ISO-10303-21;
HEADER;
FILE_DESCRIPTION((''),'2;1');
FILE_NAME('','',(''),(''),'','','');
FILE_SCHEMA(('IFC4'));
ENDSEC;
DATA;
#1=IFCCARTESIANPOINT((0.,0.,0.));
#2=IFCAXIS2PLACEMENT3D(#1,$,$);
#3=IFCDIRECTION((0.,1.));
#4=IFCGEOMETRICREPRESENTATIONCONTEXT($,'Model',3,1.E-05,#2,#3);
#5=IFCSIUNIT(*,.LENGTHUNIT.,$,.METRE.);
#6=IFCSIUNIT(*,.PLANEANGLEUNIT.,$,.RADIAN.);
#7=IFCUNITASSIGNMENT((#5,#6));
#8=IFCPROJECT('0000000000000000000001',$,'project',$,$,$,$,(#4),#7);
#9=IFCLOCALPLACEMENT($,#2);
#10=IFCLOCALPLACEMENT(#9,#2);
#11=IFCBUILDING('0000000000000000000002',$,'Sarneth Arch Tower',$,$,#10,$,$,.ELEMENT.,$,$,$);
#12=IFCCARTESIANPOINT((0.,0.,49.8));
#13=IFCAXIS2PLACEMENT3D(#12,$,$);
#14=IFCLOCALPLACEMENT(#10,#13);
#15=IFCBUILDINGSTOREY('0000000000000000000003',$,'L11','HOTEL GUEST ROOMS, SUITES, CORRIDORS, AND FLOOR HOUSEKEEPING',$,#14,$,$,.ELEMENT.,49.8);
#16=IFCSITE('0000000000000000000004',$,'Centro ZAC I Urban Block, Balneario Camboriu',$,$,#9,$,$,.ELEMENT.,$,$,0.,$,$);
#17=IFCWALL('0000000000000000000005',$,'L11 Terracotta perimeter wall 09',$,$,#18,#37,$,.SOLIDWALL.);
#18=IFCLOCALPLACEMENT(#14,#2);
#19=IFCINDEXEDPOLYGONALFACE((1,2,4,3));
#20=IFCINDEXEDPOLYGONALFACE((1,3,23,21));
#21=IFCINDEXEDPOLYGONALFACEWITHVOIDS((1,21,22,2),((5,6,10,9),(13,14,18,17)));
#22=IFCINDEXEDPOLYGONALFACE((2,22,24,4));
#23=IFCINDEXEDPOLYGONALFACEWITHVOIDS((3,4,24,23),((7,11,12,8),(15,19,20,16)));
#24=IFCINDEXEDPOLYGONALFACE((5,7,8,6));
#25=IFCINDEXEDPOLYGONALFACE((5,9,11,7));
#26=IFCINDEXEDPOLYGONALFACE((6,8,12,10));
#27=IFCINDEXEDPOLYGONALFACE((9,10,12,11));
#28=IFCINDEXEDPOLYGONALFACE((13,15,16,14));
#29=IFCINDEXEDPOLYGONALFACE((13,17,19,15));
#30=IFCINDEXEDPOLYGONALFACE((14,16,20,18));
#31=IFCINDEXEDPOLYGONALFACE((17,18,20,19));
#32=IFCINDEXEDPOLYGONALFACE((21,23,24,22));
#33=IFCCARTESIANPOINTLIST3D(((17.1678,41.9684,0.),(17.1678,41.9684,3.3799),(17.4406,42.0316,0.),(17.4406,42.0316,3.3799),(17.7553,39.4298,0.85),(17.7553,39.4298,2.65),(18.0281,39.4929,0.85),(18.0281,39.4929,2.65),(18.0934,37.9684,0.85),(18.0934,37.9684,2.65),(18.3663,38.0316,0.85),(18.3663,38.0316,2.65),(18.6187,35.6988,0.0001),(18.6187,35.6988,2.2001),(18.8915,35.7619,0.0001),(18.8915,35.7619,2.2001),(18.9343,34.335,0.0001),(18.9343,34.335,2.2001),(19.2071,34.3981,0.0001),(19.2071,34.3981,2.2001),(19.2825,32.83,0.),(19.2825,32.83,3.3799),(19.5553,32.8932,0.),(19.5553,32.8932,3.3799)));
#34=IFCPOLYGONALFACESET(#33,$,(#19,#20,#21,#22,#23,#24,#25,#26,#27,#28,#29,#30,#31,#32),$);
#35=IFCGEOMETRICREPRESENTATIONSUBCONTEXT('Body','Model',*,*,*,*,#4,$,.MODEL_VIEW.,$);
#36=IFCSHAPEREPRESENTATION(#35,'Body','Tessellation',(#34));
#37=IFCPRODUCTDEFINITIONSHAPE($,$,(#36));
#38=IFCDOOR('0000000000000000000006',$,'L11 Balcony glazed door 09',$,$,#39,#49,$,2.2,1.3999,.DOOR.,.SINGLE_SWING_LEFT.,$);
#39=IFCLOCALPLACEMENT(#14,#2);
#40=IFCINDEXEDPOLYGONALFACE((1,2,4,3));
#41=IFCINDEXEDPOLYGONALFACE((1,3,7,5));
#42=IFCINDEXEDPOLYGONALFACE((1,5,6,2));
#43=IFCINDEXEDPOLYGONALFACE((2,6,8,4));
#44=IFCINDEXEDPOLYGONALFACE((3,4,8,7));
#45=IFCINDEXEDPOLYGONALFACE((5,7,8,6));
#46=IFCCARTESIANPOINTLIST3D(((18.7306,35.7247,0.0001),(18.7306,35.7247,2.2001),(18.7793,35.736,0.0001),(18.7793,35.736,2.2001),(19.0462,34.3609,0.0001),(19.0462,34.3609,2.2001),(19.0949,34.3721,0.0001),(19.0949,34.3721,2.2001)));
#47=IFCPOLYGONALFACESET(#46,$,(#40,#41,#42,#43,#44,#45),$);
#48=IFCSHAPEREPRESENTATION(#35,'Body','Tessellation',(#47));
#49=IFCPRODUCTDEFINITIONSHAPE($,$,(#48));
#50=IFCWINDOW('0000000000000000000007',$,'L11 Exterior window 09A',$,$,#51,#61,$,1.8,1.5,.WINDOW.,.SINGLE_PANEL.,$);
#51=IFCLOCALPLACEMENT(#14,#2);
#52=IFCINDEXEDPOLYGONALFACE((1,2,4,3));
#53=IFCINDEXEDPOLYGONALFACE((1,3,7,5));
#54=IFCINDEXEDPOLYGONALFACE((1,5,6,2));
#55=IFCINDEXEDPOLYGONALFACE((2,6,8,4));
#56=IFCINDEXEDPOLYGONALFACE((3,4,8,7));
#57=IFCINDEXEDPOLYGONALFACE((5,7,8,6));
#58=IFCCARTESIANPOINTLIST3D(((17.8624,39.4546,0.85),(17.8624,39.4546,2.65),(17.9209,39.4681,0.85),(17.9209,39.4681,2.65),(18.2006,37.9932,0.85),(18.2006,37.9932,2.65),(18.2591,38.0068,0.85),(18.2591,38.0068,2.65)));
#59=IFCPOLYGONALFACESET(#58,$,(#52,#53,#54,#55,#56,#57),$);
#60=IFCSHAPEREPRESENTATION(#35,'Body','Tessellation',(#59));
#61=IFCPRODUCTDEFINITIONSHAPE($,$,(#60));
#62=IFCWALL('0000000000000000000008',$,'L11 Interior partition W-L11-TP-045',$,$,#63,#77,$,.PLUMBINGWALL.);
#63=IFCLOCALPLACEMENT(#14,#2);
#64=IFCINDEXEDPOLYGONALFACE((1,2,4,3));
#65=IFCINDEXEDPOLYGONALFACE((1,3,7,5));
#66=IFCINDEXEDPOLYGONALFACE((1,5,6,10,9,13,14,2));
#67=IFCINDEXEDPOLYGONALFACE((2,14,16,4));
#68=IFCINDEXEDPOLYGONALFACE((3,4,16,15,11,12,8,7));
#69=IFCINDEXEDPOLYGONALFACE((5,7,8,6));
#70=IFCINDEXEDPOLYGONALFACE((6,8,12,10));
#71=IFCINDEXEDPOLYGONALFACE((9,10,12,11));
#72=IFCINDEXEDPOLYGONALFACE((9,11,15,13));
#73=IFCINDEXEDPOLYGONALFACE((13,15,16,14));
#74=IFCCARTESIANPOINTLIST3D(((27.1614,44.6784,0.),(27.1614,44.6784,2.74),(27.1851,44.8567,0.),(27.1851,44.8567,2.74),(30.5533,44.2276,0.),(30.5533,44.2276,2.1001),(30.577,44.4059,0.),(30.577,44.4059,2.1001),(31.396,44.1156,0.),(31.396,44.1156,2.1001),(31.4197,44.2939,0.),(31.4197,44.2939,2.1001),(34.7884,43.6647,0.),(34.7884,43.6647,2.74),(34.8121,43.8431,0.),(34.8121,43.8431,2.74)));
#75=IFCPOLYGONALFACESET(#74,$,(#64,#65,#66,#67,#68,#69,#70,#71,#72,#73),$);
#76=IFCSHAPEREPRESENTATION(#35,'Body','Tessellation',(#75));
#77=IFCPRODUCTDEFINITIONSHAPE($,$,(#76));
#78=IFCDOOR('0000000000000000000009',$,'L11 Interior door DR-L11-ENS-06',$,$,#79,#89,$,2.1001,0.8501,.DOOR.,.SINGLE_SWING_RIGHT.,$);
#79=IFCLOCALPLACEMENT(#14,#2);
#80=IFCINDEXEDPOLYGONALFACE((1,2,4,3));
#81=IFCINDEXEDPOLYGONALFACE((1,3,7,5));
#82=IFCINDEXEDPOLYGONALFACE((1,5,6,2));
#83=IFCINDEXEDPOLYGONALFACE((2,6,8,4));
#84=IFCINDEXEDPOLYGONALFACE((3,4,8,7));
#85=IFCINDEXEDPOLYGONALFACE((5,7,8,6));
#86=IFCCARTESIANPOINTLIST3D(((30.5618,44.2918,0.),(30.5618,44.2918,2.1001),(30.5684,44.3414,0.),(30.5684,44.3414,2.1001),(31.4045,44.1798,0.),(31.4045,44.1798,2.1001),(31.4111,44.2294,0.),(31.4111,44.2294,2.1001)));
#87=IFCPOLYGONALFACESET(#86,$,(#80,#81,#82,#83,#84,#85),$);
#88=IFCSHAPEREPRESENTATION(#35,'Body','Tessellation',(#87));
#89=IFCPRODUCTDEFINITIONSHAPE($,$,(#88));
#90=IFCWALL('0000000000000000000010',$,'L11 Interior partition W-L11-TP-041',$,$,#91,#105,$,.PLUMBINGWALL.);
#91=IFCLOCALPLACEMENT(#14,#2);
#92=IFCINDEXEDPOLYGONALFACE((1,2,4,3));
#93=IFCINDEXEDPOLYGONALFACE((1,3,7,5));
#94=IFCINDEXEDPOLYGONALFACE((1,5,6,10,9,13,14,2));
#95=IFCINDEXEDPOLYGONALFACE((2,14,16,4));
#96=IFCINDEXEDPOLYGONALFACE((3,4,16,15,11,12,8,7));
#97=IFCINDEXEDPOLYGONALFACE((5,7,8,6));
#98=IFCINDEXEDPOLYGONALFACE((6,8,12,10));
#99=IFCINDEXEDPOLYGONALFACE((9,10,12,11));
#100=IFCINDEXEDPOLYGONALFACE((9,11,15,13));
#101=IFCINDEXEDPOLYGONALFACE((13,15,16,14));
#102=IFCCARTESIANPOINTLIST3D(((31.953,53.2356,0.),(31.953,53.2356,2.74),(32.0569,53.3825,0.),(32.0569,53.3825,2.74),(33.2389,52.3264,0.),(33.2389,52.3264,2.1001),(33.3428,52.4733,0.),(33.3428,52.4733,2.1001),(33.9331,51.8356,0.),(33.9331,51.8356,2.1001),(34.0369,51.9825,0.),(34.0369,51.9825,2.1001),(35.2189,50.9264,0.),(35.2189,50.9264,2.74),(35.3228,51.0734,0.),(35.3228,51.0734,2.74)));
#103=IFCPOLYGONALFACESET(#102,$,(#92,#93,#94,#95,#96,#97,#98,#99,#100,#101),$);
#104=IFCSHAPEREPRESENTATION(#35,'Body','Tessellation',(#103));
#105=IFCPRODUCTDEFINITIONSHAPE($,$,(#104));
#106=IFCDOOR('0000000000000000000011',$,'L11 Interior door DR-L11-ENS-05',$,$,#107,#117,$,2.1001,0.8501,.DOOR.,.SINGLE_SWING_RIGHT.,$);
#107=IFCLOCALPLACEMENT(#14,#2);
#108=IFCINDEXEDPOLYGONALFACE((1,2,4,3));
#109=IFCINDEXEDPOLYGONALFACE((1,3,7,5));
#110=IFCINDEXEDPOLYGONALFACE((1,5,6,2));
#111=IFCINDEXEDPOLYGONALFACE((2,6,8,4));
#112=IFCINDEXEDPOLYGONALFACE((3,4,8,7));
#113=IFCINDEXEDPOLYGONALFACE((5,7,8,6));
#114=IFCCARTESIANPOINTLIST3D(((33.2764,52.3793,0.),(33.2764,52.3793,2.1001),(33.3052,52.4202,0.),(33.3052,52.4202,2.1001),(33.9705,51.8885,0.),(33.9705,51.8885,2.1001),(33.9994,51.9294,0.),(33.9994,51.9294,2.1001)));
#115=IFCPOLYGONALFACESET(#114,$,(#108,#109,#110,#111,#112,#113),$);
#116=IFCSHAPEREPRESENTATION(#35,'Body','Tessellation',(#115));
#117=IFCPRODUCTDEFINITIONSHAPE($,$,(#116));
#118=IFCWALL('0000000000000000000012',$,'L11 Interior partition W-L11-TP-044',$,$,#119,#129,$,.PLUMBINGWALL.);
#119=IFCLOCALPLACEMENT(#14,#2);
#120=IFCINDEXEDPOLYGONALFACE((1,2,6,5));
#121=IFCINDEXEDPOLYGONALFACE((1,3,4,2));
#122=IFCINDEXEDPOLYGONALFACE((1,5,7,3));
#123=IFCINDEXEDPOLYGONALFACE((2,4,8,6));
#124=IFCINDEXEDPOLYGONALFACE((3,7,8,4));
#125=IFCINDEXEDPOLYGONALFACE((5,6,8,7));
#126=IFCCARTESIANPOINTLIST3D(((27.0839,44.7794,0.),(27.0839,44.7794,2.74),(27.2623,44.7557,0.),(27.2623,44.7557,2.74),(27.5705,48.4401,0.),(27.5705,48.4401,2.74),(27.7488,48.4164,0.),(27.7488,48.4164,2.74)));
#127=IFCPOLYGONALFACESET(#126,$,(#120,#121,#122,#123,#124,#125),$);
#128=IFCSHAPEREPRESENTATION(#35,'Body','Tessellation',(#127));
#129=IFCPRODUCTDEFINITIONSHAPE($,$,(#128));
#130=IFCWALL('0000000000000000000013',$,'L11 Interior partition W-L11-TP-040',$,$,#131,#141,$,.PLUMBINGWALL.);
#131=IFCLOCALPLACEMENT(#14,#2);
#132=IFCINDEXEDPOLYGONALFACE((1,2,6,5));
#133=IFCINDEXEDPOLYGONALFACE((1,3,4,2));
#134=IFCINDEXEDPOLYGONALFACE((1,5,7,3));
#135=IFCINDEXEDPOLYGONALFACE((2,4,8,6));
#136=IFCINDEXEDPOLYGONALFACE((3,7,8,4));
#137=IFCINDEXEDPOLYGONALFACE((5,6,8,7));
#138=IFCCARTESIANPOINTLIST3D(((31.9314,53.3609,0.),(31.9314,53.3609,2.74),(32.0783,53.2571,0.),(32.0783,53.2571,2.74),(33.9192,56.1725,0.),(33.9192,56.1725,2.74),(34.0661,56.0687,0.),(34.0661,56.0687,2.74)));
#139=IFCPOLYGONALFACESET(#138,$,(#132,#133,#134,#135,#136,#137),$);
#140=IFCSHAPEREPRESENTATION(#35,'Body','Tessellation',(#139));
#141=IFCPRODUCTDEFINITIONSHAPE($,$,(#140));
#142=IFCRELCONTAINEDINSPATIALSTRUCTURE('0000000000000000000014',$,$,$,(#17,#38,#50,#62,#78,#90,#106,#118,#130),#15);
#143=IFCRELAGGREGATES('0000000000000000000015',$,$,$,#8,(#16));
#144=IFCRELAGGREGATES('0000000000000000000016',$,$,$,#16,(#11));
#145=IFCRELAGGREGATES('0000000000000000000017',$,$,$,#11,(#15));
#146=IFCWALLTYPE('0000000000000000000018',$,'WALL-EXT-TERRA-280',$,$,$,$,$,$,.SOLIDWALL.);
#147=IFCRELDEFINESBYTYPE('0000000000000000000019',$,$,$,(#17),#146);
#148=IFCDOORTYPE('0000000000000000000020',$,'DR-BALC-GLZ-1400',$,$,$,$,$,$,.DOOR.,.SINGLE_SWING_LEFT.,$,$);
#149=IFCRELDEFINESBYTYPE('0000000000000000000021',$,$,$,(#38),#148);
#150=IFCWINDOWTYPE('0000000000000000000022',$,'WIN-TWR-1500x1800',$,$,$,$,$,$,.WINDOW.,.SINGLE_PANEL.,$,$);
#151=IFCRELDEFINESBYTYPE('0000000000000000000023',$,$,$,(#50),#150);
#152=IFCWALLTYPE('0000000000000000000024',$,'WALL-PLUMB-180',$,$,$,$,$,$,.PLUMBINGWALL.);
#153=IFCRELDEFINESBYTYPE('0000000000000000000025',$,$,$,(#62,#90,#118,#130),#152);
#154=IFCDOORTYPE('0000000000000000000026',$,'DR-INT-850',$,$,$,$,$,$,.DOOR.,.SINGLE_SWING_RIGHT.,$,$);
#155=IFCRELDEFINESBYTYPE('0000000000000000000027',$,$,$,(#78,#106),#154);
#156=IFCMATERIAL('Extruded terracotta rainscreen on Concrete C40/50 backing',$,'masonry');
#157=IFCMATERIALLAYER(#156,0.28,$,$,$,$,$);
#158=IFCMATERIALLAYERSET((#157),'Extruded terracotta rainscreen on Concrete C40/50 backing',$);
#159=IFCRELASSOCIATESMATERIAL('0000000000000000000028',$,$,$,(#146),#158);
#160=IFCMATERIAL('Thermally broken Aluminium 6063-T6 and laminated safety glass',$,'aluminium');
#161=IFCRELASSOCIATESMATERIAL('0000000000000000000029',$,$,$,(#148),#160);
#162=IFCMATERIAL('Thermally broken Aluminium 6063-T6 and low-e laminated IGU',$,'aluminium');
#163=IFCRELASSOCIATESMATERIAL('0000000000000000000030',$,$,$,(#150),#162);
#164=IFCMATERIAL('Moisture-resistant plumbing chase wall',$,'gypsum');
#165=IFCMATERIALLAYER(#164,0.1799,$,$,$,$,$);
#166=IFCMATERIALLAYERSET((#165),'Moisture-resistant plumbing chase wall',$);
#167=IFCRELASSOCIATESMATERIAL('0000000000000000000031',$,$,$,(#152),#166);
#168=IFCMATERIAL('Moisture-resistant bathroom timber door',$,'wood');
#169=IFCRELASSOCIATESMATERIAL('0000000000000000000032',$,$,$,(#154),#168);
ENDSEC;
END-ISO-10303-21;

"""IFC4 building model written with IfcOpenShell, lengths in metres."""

from ifc_helpers import new_model, si_unit, direction, frame, frame_2d, origin, place, context, subcontext, project, spatial, rectangle, extrude, material, layer, layer_set, type_object, element, fill, save


model = new_model("IFC4")

# Units and contexts
model_context = context("Model", 3, precision=1e-05, world=origin(), true_north=direction((0.0, 1.0)))
body_context = subcontext(model_context, "Body", "Model", "MODEL_VIEW")
ifc_project = project(units=[si_unit("LENGTHUNIT", "METRE"), si_unit("PLANEANGLEUNIT", "RADIAN")], contexts=[model_context])

# Site, building, storey
site_placement = place(None, origin())
site = spatial("IfcSite", under=ifc_project, at=site_placement, Name="Centro ZAC I Urban Block, Balneario Camboriu", CompositionType="ELEMENT", RefElevation=0.0)
building_placement = place(site_placement, origin())
building = spatial("IfcBuilding", under=site, at=building_placement, Name="Sarneth Arch Tower", CompositionType="ELEMENT")
storey_placement = place(building_placement, frame((0.0, 0.0, 49.8)))
storey = spatial("IfcBuildingStorey", under=building, at=storey_placement, Name="L11", Description="HOTEL GUEST ROOMS, SUITES, CORRIDORS, AND FLOOR HOUSEKEEPING", CompositionType="ELEMENT", Elevation=49.8)

# Wall, openings, door, window
ifc_material_1 = material(Name="Extruded terracotta rainscreen on Concrete C40/50 backing", Category="masonry")
ifc_layer_1 = layer(ifc_material_1, 0.28)
ifc_layer_set_1 = layer_set([ifc_layer_1], Name="Extruded terracotta rainscreen on Concrete C40/50 backing")
wall_type_1 = type_object("IfcWallType", Name="WALL-EXT-TERRA-280", PredefinedType="SOLIDWALL", material=ifc_layer_set_1)
wall_1_placement = place(storey_placement, frame((17.3042, 42.0, 0.0), z_axis=(0.0, 0.0, 1.0), x_axis=(0.225454, -0.974254, 0.0)))
wall_1 = element("IfcWall", 1, at=wall_1_placement, inside=storey, type_object=wall_type_1, Name="L11 Terracotta perimeter wall 09", PredefinedType="SOLIDWALL", context=body_context, shape_type="SweptSolid", body=[
    extrude(rectangle(XDim=9.3799, YDim=0.28, at=frame_2d((4.6899, 0.0))), origin(), (0.0, 0.0, 1.0), 3.3799),
])
opening_1_placement = place(wall_1_placement, frame((2.6057, 0.0, 0.8501)))
opening_1 = element("IfcOpeningElement", 2, at=opening_1_placement, cuts=wall_1, PredefinedType="OPENING", context=body_context, shape_type="SweptSolid", body=[
    extrude(rectangle(XDim=1.5, YDim=1.8, at=frame_2d((0.75, 0.8999))), frame((0.0, 0.1499, 0.0), z_axis=(0.0, -1.0, 0.0), x_axis=(1.0, 0.0, 0.0)), (0.0, 0.0, 1.0), 0.3),
])
opening_2_placement = place(wall_1_placement, frame((6.4353, 0.0, 0.0)))
opening_2 = element("IfcOpeningElement", 3, at=opening_2_placement, cuts=wall_1, PredefinedType="OPENING", context=body_context, shape_type="SweptSolid", body=[
    extrude(rectangle(XDim=1.3999, YDim=2.2, at=frame_2d((0.7, 1.1001))), frame((0.0, 0.1499, 0.0), z_axis=(0.0, -1.0, 0.0), x_axis=(1.0, 0.0, 0.0)), (0.0, 0.0, 1.0), 0.3),
])
ifc_material_2 = material(Name="Thermally broken Aluminium 6063-T6 and laminated safety glass", Category="aluminium")
door_type_1 = type_object("IfcDoorType", Name="DR-BALC-GLZ-1400", OperationType="SINGLE_SWING_LEFT", PredefinedType="DOOR", material=ifc_material_2)
door_1_placement = place(opening_2_placement, origin())
door_1 = element("IfcDoor", 4, at=door_1_placement, inside=storey, type_object=door_type_1, Name="L11 Balcony glazed door 09", OperationType="SINGLE_SWING_LEFT", OverallHeight=2.2, OverallWidth=1.3999, PredefinedType="DOOR", context=body_context, shape_type="SweptSolid", body=[
    extrude(rectangle(XDim=1.3999, YDim=2.2, at=frame_2d((0.7, 1.1001))), frame((0.0, 0.0249, 0.0), z_axis=(0.0, -1.0, 0.0), x_axis=(1.0, 0.0, 0.0)), (0.0, 0.0, 1.0), 0.05),
])
fill(opening_2, door_1)
ifc_material_3 = material(Name="Thermally broken Aluminium 6063-T6 and low-e laminated IGU", Category="aluminium")
window_type = type_object("IfcWindowType", Name="WIN-TWR-1500x1800", PartitioningType="SINGLE_PANEL", PredefinedType="WINDOW", material=ifc_material_3)
window_placement = place(opening_1_placement, origin())
window = element("IfcWindow", 5, at=window_placement, inside=storey, type_object=window_type, Name="L11 Exterior window 09A", OverallHeight=1.8, OverallWidth=1.5, PartitioningType="SINGLE_PANEL", PredefinedType="WINDOW", context=body_context, shape_type="SweptSolid", body=[
    extrude(rectangle(XDim=1.5, YDim=1.8, at=frame_2d((0.75, 0.8999))), frame((0.0, 0.03, 0.0), z_axis=(0.0, -1.0, 0.0), x_axis=(1.0, 0.0, 0.0)), (0.0, 0.0, 1.0), 0.0601),
])
fill(opening_1, window)

# Walls, openings, doors
ifc_material_4 = material(Name="Moisture-resistant plumbing chase wall", Category="gypsum")
ifc_layer_2 = layer(ifc_material_4, 0.1799)
ifc_layer_set_2 = layer_set([ifc_layer_2], Name="Moisture-resistant plumbing chase wall")
wall_type_2 = type_object("IfcWallType", Name="WALL-PLUMB-180", PredefinedType="PLUMBINGWALL", material=ifc_layer_set_2)
wall_2_placement = place(storey_placement, frame((27.1731, 44.7676, 0.0), z_axis=(0.0, 0.0, 1.0), x_axis=(0.991283, -0.131748, 0.0)))
wall_2 = element("IfcWall", 6, at=wall_2_placement, inside=storey, type_object=wall_type_2, Name="L11 Interior partition W-L11-TP-045", PredefinedType="PLUMBINGWALL", context=body_context, shape_type="SweptSolid", body=[
    extrude(rectangle(XDim=7.6941, YDim=0.1799, at=frame_2d((3.8472, 0.0))), origin(), (0.0, 0.0, 1.0), 2.74),
])
opening_3_placement = place(wall_2_placement, frame((3.4219, 0.0, 0.0)))
opening_3 = element("IfcOpeningElement", 7, at=opening_3_placement, cuts=wall_2, PredefinedType="OPENING", context=body_context, shape_type="SweptSolid", body=[
    extrude(rectangle(XDim=0.8501, YDim=2.1001, at=frame_2d((0.425, 1.05))), frame((0.0, 0.0999, 0.0), z_axis=(0.0, -1.0, 0.0), x_axis=(1.0, 0.0, 0.0)), (0.0, 0.0, 1.0), 0.2),
])
ifc_material_5 = material(Name="Moisture-resistant bathroom timber door", Category="wood")
door_type_2 = type_object("IfcDoorType", Name="DR-INT-850", OperationType="SINGLE_SWING_RIGHT", PredefinedType="DOOR", material=ifc_material_5)
door_2_placement = place(opening_3_placement, origin())
door_2 = element("IfcDoor", 8, at=door_2_placement, inside=storey, type_object=door_type_2, Name="L11 Interior door DR-L11-ENS-06", OperationType="SINGLE_SWING_RIGHT", OverallHeight=2.1001, OverallWidth=0.8501, PredefinedType="DOOR", context=body_context, shape_type="SweptSolid", body=[
    extrude(rectangle(XDim=0.8501, YDim=2.1001, at=frame_2d((0.425, 1.05))), frame((0.0, 0.0249, 0.0), z_axis=(0.0, -1.0, 0.0), x_axis=(1.0, 0.0, 0.0)), (0.0, 0.0, 1.0), 0.05),
])
fill(opening_3, door_2)
wall_3_placement = place(storey_placement, frame((32.0049, 53.3091, 0.0), z_axis=(0.0, 0.0, 1.0), x_axis=(0.816524, -0.577311, 0.0)))
wall_3 = element("IfcWall", 9, at=wall_3_placement, inside=storey, type_object=wall_type_2, Name="L11 Interior partition W-L11-TP-041", PredefinedType="PLUMBINGWALL", context=body_context, shape_type="SweptSolid", body=[
    extrude(rectangle(XDim=3.9998, YDim=0.1799, at=frame_2d((2.0, 0.0))), origin(), (0.0, 0.0, 1.0), 2.74),
])
opening_4_placement = place(wall_3_placement, frame((1.575, 0.0, 0.0)))
opening_4 = element("IfcOpeningElement", 10, at=opening_4_placement, cuts=wall_3, PredefinedType="OPENING", context=body_context, shape_type="SweptSolid", body=[
    extrude(rectangle(XDim=0.8501, YDim=2.1001, at=frame_2d((0.425, 1.05))), frame((0.0, 0.0999, 0.0), z_axis=(0.0, -1.0, 0.0), x_axis=(1.0, 0.0, 0.0)), (0.0, 0.0, 1.0), 0.2),
])
door_3_placement = place(opening_4_placement, origin())
door_3 = element("IfcDoor", 11, at=door_3_placement, inside=storey, type_object=door_type_2, Name="L11 Interior door DR-L11-ENS-05", OperationType="SINGLE_SWING_RIGHT", OverallHeight=2.1001, OverallWidth=0.8501, PredefinedType="DOOR", context=body_context, shape_type="SweptSolid", body=[
    extrude(rectangle(XDim=0.8501, YDim=2.1001, at=frame_2d((0.425, 1.05))), frame((0.0, 0.0249, 0.0), z_axis=(0.0, -1.0, 0.0), x_axis=(1.0, 0.0, 0.0)), (0.0, 0.0, 1.0), 0.05),
])
fill(opening_4, door_3)

# Walls
wall_4_placement = place(storey_placement, frame((27.6597, 48.4282, 0.0), z_axis=(0.0, 0.0, 1.0), x_axis=(-0.131761, -0.991282, 0.0)))
element("IfcWall", 12, at=wall_4_placement, inside=storey, type_object=wall_type_2, Name="L11 Interior partition W-L11-TP-044", PredefinedType="PLUMBINGWALL", context=body_context, shape_type="SweptSolid", body=[
    extrude(rectangle(XDim=3.6929, YDim=0.1799, at=frame_2d((1.8464, 0.0))), origin(), (0.0, 0.0, 1.0), 2.74),
])
wall_5_placement = place(storey_placement, frame((33.9927, 56.1206, 0.0), z_axis=(0.0, 0.0, 1.0), x_axis=(-0.577301, -0.816531, 0.0)))
element("IfcWall", 13, at=wall_5_placement, inside=storey, type_object=wall_type_2, Name="L11 Interior partition W-L11-TP-040", PredefinedType="PLUMBINGWALL", context=body_context, shape_type="SweptSolid", body=[
    extrude(rectangle(XDim=3.4434, YDim=0.1799, at=frame_2d((1.7217, 0.0))), origin(), (0.0, 0.0, 1.0), 2.74),
])

save(model, "model.ifc")
